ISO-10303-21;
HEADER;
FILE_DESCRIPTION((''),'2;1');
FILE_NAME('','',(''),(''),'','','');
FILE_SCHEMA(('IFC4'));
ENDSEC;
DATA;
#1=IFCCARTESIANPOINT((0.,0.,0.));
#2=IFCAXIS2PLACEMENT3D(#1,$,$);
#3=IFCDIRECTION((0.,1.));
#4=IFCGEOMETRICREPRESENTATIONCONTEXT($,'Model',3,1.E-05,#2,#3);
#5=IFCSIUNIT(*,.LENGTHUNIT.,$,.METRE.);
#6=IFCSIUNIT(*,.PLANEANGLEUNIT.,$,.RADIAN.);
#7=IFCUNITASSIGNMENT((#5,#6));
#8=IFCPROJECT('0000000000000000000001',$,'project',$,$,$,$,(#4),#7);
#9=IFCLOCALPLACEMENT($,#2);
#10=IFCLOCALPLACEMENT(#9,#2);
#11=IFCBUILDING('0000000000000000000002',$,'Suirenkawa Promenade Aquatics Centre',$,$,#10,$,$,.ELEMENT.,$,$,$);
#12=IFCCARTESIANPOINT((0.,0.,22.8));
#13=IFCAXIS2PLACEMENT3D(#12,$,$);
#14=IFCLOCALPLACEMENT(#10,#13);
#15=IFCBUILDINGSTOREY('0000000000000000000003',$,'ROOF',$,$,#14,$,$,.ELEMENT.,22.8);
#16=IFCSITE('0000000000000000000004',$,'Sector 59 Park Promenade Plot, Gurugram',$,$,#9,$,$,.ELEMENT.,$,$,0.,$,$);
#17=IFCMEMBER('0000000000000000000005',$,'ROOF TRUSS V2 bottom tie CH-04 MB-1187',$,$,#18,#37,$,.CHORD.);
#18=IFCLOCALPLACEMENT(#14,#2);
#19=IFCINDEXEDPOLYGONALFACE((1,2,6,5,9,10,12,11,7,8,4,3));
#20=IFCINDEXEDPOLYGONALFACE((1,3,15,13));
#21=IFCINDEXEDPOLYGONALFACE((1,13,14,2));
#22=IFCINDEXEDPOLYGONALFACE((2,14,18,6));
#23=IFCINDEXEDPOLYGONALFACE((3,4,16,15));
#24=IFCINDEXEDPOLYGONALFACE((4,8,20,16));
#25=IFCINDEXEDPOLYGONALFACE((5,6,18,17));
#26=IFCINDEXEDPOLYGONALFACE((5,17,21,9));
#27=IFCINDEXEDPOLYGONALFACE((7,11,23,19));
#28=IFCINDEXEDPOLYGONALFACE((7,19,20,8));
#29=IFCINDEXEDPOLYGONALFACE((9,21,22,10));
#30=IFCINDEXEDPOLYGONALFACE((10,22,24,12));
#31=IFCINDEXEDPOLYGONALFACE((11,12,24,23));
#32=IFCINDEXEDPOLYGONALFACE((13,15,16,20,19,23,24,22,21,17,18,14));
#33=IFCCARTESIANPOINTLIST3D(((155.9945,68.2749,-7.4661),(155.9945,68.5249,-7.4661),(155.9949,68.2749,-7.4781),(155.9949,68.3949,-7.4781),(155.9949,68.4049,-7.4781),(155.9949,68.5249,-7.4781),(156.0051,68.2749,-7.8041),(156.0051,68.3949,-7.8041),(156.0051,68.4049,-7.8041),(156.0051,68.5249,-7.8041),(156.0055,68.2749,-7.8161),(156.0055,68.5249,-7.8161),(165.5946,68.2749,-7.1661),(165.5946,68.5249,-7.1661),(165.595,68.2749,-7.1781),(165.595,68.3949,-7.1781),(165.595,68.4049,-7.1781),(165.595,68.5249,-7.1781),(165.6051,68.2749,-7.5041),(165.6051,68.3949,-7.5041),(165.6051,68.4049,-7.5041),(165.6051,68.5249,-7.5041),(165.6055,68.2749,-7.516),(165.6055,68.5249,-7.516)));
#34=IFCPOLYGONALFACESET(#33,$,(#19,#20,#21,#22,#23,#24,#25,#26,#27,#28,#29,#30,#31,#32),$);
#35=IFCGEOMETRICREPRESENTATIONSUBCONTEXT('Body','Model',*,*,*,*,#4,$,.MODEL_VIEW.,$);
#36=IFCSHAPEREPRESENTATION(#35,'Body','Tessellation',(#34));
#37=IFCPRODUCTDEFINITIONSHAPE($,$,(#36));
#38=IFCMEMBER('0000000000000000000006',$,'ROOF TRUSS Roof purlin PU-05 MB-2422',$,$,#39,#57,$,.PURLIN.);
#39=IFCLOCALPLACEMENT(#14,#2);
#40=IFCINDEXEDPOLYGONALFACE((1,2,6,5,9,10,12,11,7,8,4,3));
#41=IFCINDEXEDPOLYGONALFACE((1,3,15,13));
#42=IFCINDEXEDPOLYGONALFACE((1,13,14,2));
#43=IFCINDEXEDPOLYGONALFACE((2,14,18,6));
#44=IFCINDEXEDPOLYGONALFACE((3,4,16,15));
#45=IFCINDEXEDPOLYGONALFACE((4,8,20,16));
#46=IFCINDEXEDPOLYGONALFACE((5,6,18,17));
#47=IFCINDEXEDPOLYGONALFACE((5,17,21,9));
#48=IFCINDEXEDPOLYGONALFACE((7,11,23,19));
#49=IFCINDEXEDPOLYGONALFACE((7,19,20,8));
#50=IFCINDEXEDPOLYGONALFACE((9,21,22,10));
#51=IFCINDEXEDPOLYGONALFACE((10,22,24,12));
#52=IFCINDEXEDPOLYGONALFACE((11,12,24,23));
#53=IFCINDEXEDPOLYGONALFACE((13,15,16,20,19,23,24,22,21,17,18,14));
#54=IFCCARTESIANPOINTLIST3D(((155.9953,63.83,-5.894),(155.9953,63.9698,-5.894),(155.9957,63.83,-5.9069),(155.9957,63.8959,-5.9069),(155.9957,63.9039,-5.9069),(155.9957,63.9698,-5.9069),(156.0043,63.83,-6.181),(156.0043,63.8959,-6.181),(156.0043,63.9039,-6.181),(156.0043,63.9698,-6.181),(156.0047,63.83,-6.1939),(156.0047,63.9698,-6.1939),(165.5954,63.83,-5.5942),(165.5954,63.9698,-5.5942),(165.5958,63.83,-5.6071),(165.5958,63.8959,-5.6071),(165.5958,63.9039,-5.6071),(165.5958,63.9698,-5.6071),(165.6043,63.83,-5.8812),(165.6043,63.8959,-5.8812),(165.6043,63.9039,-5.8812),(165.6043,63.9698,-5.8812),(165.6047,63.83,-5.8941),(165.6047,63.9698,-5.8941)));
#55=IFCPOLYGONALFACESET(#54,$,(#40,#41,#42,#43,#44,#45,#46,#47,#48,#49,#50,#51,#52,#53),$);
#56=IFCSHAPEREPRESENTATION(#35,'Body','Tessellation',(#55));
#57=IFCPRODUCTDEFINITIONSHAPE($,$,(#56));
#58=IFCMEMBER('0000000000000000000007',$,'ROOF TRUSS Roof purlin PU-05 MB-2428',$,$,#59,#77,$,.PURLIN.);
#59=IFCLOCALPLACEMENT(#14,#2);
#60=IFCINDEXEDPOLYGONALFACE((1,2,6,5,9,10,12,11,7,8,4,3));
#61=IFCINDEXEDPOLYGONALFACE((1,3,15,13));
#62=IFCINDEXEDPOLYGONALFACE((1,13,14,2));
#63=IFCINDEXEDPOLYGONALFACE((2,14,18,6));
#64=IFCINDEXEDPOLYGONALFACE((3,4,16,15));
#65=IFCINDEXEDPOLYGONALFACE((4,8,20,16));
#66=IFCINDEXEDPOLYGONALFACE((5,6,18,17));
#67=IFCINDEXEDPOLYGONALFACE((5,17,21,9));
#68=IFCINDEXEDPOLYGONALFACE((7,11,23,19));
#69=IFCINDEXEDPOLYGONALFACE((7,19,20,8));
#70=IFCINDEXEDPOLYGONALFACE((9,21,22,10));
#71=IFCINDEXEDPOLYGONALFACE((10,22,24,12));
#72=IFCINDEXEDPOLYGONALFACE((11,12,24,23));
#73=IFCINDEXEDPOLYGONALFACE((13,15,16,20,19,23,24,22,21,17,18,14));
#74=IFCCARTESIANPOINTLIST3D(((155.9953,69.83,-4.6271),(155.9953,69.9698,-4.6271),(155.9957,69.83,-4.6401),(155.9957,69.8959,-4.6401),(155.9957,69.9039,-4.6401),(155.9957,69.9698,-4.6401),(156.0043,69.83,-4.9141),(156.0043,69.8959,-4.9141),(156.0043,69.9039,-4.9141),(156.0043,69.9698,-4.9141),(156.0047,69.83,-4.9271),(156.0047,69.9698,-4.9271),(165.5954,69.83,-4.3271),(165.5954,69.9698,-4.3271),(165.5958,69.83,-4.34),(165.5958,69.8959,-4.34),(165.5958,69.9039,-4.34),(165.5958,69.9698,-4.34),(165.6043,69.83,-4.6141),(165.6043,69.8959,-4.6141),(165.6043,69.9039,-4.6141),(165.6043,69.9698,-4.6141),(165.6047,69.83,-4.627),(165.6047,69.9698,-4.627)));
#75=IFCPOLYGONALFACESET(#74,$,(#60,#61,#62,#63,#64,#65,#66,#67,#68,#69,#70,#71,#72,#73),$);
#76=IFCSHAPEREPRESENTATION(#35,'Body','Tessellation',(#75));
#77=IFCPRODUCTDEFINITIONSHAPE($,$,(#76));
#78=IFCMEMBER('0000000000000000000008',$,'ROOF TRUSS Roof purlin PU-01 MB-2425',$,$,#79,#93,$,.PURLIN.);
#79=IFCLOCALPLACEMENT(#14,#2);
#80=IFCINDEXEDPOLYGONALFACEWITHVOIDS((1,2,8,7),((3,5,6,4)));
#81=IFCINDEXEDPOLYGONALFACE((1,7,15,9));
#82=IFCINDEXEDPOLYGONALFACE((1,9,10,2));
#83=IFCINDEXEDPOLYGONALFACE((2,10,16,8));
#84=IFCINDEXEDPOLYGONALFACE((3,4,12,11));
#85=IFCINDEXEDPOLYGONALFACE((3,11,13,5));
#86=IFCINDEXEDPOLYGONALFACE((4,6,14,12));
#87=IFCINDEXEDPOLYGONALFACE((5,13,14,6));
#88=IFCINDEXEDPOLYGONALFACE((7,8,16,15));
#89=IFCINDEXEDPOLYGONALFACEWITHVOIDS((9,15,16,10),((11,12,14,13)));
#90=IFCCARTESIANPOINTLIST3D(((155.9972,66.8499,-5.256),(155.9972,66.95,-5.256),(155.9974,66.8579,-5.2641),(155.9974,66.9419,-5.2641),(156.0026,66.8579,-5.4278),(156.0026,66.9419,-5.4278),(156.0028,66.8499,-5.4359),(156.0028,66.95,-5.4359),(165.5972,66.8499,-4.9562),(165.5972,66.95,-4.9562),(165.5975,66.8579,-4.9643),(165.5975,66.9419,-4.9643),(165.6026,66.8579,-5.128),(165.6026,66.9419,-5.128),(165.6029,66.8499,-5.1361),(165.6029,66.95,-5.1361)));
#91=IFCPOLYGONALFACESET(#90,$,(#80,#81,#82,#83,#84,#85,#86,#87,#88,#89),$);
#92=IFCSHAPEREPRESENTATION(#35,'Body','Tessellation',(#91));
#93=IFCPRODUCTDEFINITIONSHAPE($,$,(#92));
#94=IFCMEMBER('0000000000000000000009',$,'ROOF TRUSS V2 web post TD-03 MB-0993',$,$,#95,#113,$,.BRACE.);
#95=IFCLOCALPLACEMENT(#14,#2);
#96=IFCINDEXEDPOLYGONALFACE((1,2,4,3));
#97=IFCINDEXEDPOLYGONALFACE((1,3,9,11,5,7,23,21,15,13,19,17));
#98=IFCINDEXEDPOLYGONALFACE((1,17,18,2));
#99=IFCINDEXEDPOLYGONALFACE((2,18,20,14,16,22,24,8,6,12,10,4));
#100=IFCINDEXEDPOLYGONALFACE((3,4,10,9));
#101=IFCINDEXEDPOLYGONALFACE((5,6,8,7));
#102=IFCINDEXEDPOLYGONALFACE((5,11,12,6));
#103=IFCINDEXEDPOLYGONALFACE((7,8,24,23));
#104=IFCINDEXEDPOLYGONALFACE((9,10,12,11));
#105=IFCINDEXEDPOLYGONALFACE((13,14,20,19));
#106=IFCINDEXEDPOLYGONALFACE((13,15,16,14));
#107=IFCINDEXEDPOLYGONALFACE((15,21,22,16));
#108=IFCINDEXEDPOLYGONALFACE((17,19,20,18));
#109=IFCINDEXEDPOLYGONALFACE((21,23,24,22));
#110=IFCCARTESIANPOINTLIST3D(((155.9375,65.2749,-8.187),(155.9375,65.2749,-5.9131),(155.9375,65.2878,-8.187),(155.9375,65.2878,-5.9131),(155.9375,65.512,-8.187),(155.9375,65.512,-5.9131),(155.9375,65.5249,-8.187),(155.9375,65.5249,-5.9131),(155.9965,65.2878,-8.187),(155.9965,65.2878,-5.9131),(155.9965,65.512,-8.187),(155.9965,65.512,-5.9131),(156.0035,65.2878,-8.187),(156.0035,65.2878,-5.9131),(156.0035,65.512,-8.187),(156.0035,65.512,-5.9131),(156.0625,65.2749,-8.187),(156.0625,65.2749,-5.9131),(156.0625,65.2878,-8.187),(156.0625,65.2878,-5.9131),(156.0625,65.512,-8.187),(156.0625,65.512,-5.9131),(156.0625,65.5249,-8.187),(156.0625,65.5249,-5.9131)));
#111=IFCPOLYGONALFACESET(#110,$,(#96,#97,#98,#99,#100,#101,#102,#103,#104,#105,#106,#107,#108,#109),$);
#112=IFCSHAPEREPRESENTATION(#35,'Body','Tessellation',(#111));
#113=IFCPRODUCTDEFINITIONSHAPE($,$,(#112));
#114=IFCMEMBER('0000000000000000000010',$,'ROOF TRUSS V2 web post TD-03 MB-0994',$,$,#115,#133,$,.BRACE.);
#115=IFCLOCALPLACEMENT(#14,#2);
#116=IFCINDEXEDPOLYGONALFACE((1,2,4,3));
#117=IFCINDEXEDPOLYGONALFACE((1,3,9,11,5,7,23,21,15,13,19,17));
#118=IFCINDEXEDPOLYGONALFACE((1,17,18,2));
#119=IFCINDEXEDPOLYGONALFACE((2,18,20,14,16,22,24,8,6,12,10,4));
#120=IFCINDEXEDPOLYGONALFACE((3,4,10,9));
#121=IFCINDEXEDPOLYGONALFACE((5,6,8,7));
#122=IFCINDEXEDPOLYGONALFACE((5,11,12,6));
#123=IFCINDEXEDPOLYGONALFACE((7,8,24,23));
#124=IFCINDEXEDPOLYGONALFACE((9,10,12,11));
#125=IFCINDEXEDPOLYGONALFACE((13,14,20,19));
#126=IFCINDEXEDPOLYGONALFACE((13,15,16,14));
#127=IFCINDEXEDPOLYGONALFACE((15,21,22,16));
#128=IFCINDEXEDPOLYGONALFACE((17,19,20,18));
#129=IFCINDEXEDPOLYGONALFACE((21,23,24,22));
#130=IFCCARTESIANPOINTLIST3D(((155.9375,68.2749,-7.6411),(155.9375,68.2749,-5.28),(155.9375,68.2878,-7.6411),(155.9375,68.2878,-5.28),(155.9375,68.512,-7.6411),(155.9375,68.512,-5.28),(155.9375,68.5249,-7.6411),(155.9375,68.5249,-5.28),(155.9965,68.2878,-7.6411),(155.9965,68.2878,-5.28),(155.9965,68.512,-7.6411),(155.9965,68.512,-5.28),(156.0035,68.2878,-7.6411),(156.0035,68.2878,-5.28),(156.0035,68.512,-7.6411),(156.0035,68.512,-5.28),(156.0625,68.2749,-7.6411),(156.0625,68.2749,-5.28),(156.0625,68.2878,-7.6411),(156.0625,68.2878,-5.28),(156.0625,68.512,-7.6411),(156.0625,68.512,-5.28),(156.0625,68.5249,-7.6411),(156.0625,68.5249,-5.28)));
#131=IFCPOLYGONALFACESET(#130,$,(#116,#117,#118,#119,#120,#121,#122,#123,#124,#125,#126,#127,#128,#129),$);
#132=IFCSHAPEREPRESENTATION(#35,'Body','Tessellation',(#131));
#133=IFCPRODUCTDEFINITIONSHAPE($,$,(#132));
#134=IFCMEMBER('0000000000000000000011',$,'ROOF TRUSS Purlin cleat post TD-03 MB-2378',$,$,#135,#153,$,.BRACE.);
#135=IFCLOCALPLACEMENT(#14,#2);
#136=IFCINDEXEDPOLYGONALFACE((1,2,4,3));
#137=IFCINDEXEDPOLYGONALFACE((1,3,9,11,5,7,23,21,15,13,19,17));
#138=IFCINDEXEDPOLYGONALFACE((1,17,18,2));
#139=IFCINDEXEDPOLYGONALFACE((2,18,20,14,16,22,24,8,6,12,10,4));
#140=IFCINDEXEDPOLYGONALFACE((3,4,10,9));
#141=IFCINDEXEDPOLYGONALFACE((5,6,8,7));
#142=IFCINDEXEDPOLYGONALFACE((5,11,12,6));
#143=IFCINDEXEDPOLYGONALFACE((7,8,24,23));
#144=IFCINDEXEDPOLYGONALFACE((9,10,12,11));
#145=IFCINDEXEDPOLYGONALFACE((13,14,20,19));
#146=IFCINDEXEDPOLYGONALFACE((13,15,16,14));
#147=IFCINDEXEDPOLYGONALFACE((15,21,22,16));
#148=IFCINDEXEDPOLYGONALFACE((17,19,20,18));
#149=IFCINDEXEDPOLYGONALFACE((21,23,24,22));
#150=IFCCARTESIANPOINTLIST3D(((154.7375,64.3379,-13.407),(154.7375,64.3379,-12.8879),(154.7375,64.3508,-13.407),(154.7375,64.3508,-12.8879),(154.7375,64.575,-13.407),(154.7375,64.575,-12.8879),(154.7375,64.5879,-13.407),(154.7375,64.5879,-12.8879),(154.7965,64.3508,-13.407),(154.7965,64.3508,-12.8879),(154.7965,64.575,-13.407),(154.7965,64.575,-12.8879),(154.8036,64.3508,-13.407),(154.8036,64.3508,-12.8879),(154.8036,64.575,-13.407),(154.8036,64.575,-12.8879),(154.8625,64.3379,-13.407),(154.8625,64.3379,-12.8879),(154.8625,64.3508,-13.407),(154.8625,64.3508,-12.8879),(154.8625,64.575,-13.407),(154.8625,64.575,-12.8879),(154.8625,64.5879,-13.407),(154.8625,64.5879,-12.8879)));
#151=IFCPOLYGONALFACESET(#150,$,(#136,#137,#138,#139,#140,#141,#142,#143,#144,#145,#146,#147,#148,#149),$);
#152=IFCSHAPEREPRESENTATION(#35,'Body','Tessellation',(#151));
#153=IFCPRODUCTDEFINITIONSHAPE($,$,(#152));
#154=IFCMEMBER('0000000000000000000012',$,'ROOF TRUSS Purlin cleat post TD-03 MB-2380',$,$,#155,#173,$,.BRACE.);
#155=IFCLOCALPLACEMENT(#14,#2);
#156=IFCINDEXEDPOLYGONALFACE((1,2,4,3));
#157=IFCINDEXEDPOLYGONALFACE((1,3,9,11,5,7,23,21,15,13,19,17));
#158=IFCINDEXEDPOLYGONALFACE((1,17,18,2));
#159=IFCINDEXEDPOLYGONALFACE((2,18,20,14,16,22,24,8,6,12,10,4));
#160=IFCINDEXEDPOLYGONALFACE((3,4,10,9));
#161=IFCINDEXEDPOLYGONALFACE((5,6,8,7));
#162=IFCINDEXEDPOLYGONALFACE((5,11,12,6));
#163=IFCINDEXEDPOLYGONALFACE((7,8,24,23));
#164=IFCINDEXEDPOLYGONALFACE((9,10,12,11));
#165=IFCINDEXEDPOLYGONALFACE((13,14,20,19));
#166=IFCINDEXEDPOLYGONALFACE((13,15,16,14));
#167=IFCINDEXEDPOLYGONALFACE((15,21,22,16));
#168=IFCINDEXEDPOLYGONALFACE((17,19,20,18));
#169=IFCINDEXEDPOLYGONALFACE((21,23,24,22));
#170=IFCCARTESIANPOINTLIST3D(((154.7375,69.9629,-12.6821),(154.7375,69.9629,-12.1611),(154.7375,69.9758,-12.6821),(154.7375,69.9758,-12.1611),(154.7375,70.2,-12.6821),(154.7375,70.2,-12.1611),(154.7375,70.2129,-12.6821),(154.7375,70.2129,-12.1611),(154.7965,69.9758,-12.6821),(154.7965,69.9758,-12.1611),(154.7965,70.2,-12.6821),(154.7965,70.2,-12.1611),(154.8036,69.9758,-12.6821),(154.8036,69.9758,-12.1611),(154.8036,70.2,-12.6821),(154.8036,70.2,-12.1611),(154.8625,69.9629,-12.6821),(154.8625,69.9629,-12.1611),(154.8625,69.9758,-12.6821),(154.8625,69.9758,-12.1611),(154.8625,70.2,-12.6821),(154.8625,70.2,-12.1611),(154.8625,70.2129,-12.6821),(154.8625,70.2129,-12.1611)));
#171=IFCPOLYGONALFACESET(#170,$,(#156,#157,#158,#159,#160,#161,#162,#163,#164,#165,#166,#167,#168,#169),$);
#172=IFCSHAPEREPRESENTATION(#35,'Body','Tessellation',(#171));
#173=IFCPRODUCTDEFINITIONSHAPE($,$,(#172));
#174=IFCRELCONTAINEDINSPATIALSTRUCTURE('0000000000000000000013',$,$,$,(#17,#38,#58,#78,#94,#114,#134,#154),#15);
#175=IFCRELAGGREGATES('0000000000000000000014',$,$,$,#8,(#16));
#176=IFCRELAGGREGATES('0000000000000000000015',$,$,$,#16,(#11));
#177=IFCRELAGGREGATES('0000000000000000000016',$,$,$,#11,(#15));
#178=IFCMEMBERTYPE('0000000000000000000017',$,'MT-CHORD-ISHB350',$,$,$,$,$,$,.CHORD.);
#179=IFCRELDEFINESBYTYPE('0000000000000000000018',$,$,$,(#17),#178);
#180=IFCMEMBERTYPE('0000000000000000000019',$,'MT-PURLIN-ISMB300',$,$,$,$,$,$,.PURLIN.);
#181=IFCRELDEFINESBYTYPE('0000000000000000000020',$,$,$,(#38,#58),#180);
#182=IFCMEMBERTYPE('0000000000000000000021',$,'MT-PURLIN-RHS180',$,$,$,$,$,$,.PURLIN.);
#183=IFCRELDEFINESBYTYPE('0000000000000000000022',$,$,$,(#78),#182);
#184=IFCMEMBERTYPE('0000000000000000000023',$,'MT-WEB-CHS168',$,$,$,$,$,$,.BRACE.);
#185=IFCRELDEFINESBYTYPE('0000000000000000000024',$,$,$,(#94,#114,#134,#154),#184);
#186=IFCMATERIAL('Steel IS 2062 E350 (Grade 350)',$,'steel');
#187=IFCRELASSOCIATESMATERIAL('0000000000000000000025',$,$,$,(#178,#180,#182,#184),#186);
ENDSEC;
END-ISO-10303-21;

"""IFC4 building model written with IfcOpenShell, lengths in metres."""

from ifc_helpers import new_model, si_unit, direction, frame, origin, origin_2d, place, context, subcontext, project, spatial, hollow_rectangle, i_section, extrude, material, material_profile, profile_set, type_object, element, save


model = new_model("IFC4")

# Units and contexts
model_context = context("Model", 3, precision=1e-05, world=origin(), true_north=direction((0.0, 1.0)))
body_context = subcontext(model_context, "Body", "Model", "MODEL_VIEW")
ifc_project = project(units=[si_unit("LENGTHUNIT", "METRE"), si_unit("PLANEANGLEUNIT", "RADIAN")], contexts=[model_context])

# Site, building, storey
site_placement = place(None, origin())
site = spatial("IfcSite", under=ifc_project, at=site_placement, Name="Sector 59 Park Promenade Plot, Gurugram", CompositionType="ELEMENT", RefElevation=0.0)
building_placement = place(site_placement, origin())
building = spatial("IfcBuilding", under=site, at=building_placement, Name="Suirenkawa Promenade Aquatics Centre", CompositionType="ELEMENT")
storey_placement = place(building_placement, frame((0.0, 0.0, 22.8)))
storey = spatial("IfcBuildingStorey", under=building, at=storey_placement, Name="ROOF", CompositionType="ELEMENT", Elevation=22.8)

# Shared definitions
ifc_material = material(Name="Steel IS 2062 E350 (Grade 350)", Category="steel")

# Members
ifc_material_profile_1 = material_profile(ifc_material, i_section(OverallWidth=0.25, OverallDepth=0.3501, WebThickness=0.01, FlangeThickness=0.012, at=origin_2d()), Name="ISHB 350", Category="steel")
ifc_profile_set_1 = profile_set([ifc_material_profile_1], Name="Steel IS 2062 E350 (Grade 350)")
member_type_1 = type_object("IfcMemberType", Name="MT-CHORD-ISHB350", PredefinedType="CHORD", material=ifc_profile_set_1)
for number, where, z_axis, x_axis, name in (
    (1, (156.0, 68.3999, -7.6411), (0.999512, 0.0, 0.03124), (0.0, 1.0, 0.0), "ROOF TRUSS V2 bottom tie CH-04 MB-1187"),
):
    element("IfcMember", number, at=place(storey_placement, frame(where, z_axis=z_axis, x_axis=x_axis)), inside=storey, type_object=member_type_1, Name=name, PredefinedType="CHORD", context=body_context, shape_type="SweptSolid", body=[
        extrude(i_section(OverallWidth=0.25, OverallDepth=0.3501, WebThickness=0.01, FlangeThickness=0.012, at=origin_2d()), origin(), (0.0, 0.0, 1.0), 9.6047),
    ])
ifc_material_profile_2 = material_profile(ifc_material, i_section(OverallWidth=0.1399, OverallDepth=0.3, WebThickness=0.0081, FlangeThickness=0.0129, at=origin_2d()), Name="ISMB 300", Category="steel")
ifc_profile_set_2 = profile_set([ifc_material_profile_2], Name="Steel IS 2062 E350 (Grade 350)")
member_type_2 = type_object("IfcMemberType", Name="MT-PURLIN-ISMB300", PredefinedType="PURLIN", material=ifc_profile_set_2)
for number, where, z_axis, x_axis, name in (
    (2, (156.0, 63.8999, -6.0439), (0.999513, 0.0, 0.031214), (0.0, 1.0, 0.0), "ROOF TRUSS Roof purlin PU-05 MB-2422"),
    (3, (156.0, 69.8999, -4.7771), (0.999512, 0.0, 0.03124), (0.0, 1.0, 0.0), "ROOF TRUSS Roof purlin PU-05 MB-2428"),
):
    element("IfcMember", number, at=place(storey_placement, frame(where, z_axis=z_axis, x_axis=x_axis)), inside=storey, type_object=member_type_2, Name=name, PredefinedType="PURLIN", context=body_context, shape_type="SweptSolid", body=[
        extrude(i_section(OverallWidth=0.1399, OverallDepth=0.3, WebThickness=0.0081, FlangeThickness=0.0129, at=origin_2d()), origin(), (0.0, 0.0, 1.0), 9.6047),
    ])
ifc_material_profile_3 = material_profile(ifc_material, hollow_rectangle(XDim=0.1001, YDim=0.1799, WallThickness=0.0081, at=origin_2d()), Name="RHS 180x100x8", Category="steel")
ifc_profile_set_3 = profile_set([ifc_material_profile_3], Name="Steel IS 2062 E350 (Grade 350)")
member_type_3 = type_object("IfcMemberType", Name="MT-PURLIN-RHS180", PredefinedType="PURLIN", material=ifc_profile_set_3)
member_1_placement = place(storey_placement, frame((156.0, 66.8999, -5.3459), z_axis=(0.999513, 0.0, 0.031214), x_axis=(0.0, 1.0, 0.0)))
element("IfcMember", 4, at=member_1_placement, inside=storey, type_object=member_type_3, Name="ROOF TRUSS Roof purlin PU-01 MB-2425", PredefinedType="PURLIN", context=body_context, shape_type="SweptSolid", body=[
    extrude(hollow_rectangle(XDim=0.1001, YDim=0.1799, WallThickness=0.0081, at=origin_2d()), origin(), (0.0, 0.0, 1.0), 9.6047),
])
ifc_material_profile_4 = material_profile(ifc_material, i_section(OverallWidth=0.125, OverallDepth=0.25, WebThickness=0.0071, FlangeThickness=0.0129, at=origin_2d()), Name="ISMB 250", Category="steel")
ifc_profile_set_4 = profile_set([ifc_material_profile_4], Name="Steel IS 2062 E350 (Grade 350)")
member_type_4 = type_object("IfcMemberType", Name="MT-WEB-CHS168", PredefinedType="BRACE", material=ifc_profile_set_4)
member_2_placement = place(storey_placement, frame((156.0, 65.3999, -8.187), z_axis=(0.0, 0.0, 1.0), x_axis=(1.0, 0.0, 0.0)))
element("IfcMember", 5, at=member_2_placement, inside=storey, type_object=member_type_4, Name="ROOF TRUSS V2 web post TD-03 MB-0993", PredefinedType="BRACE", context=body_context, shape_type="SweptSolid", body=[
    extrude(i_section(OverallWidth=0.125, OverallDepth=0.25, WebThickness=0.0071, FlangeThickness=0.0129, at=origin_2d()), origin(), (0.0, 0.0, 1.0), 2.2739),
])
member_3_placement = place(storey_placement, frame((156.0, 68.3999, -7.6411), z_axis=(0.0, 0.0, 1.0), x_axis=(1.0, 0.0, 0.0)))
element("IfcMember", 6, at=member_3_placement, inside=storey, type_object=member_type_4, Name="ROOF TRUSS V2 web post TD-03 MB-0994", PredefinedType="BRACE", context=body_context, shape_type="SweptSolid", body=[
    extrude(i_section(OverallWidth=0.125, OverallDepth=0.25, WebThickness=0.0071, FlangeThickness=0.0129, at=origin_2d()), origin(), (0.0, 0.0, 1.0), 2.3611),
])
member_4_placement = place(storey_placement, frame((154.8, 64.4629, -13.407), z_axis=(0.0, 0.0, 1.0), x_axis=(1.0, 0.0, 0.0)))
element("IfcMember", 7, at=member_4_placement, inside=storey, type_object=member_type_4, Name="ROOF TRUSS Purlin cleat post TD-03 MB-2378", PredefinedType="BRACE", context=body_context, shape_type="SweptSolid", body=[
    extrude(i_section(OverallWidth=0.125, OverallDepth=0.25, WebThickness=0.0071, FlangeThickness=0.0129, at=origin_2d()), origin(), (0.0, 0.0, 1.0), 0.519),
])
member_5_placement = place(storey_placement, frame((154.8, 70.0879, -12.6821), z_axis=(0.0, 0.0, 1.0), x_axis=(1.0, 0.0, 0.0)))
element("IfcMember", 8, at=member_5_placement, inside=storey, type_object=member_type_4, Name="ROOF TRUSS Purlin cleat post TD-03 MB-2380", PredefinedType="BRACE", context=body_context, shape_type="SweptSolid", body=[
    extrude(i_section(OverallWidth=0.125, OverallDepth=0.25, WebThickness=0.0071, FlangeThickness=0.0129, at=origin_2d()), origin(), (0.0, 0.0, 1.0), 0.521),
])

save(model, "model.ifc")
